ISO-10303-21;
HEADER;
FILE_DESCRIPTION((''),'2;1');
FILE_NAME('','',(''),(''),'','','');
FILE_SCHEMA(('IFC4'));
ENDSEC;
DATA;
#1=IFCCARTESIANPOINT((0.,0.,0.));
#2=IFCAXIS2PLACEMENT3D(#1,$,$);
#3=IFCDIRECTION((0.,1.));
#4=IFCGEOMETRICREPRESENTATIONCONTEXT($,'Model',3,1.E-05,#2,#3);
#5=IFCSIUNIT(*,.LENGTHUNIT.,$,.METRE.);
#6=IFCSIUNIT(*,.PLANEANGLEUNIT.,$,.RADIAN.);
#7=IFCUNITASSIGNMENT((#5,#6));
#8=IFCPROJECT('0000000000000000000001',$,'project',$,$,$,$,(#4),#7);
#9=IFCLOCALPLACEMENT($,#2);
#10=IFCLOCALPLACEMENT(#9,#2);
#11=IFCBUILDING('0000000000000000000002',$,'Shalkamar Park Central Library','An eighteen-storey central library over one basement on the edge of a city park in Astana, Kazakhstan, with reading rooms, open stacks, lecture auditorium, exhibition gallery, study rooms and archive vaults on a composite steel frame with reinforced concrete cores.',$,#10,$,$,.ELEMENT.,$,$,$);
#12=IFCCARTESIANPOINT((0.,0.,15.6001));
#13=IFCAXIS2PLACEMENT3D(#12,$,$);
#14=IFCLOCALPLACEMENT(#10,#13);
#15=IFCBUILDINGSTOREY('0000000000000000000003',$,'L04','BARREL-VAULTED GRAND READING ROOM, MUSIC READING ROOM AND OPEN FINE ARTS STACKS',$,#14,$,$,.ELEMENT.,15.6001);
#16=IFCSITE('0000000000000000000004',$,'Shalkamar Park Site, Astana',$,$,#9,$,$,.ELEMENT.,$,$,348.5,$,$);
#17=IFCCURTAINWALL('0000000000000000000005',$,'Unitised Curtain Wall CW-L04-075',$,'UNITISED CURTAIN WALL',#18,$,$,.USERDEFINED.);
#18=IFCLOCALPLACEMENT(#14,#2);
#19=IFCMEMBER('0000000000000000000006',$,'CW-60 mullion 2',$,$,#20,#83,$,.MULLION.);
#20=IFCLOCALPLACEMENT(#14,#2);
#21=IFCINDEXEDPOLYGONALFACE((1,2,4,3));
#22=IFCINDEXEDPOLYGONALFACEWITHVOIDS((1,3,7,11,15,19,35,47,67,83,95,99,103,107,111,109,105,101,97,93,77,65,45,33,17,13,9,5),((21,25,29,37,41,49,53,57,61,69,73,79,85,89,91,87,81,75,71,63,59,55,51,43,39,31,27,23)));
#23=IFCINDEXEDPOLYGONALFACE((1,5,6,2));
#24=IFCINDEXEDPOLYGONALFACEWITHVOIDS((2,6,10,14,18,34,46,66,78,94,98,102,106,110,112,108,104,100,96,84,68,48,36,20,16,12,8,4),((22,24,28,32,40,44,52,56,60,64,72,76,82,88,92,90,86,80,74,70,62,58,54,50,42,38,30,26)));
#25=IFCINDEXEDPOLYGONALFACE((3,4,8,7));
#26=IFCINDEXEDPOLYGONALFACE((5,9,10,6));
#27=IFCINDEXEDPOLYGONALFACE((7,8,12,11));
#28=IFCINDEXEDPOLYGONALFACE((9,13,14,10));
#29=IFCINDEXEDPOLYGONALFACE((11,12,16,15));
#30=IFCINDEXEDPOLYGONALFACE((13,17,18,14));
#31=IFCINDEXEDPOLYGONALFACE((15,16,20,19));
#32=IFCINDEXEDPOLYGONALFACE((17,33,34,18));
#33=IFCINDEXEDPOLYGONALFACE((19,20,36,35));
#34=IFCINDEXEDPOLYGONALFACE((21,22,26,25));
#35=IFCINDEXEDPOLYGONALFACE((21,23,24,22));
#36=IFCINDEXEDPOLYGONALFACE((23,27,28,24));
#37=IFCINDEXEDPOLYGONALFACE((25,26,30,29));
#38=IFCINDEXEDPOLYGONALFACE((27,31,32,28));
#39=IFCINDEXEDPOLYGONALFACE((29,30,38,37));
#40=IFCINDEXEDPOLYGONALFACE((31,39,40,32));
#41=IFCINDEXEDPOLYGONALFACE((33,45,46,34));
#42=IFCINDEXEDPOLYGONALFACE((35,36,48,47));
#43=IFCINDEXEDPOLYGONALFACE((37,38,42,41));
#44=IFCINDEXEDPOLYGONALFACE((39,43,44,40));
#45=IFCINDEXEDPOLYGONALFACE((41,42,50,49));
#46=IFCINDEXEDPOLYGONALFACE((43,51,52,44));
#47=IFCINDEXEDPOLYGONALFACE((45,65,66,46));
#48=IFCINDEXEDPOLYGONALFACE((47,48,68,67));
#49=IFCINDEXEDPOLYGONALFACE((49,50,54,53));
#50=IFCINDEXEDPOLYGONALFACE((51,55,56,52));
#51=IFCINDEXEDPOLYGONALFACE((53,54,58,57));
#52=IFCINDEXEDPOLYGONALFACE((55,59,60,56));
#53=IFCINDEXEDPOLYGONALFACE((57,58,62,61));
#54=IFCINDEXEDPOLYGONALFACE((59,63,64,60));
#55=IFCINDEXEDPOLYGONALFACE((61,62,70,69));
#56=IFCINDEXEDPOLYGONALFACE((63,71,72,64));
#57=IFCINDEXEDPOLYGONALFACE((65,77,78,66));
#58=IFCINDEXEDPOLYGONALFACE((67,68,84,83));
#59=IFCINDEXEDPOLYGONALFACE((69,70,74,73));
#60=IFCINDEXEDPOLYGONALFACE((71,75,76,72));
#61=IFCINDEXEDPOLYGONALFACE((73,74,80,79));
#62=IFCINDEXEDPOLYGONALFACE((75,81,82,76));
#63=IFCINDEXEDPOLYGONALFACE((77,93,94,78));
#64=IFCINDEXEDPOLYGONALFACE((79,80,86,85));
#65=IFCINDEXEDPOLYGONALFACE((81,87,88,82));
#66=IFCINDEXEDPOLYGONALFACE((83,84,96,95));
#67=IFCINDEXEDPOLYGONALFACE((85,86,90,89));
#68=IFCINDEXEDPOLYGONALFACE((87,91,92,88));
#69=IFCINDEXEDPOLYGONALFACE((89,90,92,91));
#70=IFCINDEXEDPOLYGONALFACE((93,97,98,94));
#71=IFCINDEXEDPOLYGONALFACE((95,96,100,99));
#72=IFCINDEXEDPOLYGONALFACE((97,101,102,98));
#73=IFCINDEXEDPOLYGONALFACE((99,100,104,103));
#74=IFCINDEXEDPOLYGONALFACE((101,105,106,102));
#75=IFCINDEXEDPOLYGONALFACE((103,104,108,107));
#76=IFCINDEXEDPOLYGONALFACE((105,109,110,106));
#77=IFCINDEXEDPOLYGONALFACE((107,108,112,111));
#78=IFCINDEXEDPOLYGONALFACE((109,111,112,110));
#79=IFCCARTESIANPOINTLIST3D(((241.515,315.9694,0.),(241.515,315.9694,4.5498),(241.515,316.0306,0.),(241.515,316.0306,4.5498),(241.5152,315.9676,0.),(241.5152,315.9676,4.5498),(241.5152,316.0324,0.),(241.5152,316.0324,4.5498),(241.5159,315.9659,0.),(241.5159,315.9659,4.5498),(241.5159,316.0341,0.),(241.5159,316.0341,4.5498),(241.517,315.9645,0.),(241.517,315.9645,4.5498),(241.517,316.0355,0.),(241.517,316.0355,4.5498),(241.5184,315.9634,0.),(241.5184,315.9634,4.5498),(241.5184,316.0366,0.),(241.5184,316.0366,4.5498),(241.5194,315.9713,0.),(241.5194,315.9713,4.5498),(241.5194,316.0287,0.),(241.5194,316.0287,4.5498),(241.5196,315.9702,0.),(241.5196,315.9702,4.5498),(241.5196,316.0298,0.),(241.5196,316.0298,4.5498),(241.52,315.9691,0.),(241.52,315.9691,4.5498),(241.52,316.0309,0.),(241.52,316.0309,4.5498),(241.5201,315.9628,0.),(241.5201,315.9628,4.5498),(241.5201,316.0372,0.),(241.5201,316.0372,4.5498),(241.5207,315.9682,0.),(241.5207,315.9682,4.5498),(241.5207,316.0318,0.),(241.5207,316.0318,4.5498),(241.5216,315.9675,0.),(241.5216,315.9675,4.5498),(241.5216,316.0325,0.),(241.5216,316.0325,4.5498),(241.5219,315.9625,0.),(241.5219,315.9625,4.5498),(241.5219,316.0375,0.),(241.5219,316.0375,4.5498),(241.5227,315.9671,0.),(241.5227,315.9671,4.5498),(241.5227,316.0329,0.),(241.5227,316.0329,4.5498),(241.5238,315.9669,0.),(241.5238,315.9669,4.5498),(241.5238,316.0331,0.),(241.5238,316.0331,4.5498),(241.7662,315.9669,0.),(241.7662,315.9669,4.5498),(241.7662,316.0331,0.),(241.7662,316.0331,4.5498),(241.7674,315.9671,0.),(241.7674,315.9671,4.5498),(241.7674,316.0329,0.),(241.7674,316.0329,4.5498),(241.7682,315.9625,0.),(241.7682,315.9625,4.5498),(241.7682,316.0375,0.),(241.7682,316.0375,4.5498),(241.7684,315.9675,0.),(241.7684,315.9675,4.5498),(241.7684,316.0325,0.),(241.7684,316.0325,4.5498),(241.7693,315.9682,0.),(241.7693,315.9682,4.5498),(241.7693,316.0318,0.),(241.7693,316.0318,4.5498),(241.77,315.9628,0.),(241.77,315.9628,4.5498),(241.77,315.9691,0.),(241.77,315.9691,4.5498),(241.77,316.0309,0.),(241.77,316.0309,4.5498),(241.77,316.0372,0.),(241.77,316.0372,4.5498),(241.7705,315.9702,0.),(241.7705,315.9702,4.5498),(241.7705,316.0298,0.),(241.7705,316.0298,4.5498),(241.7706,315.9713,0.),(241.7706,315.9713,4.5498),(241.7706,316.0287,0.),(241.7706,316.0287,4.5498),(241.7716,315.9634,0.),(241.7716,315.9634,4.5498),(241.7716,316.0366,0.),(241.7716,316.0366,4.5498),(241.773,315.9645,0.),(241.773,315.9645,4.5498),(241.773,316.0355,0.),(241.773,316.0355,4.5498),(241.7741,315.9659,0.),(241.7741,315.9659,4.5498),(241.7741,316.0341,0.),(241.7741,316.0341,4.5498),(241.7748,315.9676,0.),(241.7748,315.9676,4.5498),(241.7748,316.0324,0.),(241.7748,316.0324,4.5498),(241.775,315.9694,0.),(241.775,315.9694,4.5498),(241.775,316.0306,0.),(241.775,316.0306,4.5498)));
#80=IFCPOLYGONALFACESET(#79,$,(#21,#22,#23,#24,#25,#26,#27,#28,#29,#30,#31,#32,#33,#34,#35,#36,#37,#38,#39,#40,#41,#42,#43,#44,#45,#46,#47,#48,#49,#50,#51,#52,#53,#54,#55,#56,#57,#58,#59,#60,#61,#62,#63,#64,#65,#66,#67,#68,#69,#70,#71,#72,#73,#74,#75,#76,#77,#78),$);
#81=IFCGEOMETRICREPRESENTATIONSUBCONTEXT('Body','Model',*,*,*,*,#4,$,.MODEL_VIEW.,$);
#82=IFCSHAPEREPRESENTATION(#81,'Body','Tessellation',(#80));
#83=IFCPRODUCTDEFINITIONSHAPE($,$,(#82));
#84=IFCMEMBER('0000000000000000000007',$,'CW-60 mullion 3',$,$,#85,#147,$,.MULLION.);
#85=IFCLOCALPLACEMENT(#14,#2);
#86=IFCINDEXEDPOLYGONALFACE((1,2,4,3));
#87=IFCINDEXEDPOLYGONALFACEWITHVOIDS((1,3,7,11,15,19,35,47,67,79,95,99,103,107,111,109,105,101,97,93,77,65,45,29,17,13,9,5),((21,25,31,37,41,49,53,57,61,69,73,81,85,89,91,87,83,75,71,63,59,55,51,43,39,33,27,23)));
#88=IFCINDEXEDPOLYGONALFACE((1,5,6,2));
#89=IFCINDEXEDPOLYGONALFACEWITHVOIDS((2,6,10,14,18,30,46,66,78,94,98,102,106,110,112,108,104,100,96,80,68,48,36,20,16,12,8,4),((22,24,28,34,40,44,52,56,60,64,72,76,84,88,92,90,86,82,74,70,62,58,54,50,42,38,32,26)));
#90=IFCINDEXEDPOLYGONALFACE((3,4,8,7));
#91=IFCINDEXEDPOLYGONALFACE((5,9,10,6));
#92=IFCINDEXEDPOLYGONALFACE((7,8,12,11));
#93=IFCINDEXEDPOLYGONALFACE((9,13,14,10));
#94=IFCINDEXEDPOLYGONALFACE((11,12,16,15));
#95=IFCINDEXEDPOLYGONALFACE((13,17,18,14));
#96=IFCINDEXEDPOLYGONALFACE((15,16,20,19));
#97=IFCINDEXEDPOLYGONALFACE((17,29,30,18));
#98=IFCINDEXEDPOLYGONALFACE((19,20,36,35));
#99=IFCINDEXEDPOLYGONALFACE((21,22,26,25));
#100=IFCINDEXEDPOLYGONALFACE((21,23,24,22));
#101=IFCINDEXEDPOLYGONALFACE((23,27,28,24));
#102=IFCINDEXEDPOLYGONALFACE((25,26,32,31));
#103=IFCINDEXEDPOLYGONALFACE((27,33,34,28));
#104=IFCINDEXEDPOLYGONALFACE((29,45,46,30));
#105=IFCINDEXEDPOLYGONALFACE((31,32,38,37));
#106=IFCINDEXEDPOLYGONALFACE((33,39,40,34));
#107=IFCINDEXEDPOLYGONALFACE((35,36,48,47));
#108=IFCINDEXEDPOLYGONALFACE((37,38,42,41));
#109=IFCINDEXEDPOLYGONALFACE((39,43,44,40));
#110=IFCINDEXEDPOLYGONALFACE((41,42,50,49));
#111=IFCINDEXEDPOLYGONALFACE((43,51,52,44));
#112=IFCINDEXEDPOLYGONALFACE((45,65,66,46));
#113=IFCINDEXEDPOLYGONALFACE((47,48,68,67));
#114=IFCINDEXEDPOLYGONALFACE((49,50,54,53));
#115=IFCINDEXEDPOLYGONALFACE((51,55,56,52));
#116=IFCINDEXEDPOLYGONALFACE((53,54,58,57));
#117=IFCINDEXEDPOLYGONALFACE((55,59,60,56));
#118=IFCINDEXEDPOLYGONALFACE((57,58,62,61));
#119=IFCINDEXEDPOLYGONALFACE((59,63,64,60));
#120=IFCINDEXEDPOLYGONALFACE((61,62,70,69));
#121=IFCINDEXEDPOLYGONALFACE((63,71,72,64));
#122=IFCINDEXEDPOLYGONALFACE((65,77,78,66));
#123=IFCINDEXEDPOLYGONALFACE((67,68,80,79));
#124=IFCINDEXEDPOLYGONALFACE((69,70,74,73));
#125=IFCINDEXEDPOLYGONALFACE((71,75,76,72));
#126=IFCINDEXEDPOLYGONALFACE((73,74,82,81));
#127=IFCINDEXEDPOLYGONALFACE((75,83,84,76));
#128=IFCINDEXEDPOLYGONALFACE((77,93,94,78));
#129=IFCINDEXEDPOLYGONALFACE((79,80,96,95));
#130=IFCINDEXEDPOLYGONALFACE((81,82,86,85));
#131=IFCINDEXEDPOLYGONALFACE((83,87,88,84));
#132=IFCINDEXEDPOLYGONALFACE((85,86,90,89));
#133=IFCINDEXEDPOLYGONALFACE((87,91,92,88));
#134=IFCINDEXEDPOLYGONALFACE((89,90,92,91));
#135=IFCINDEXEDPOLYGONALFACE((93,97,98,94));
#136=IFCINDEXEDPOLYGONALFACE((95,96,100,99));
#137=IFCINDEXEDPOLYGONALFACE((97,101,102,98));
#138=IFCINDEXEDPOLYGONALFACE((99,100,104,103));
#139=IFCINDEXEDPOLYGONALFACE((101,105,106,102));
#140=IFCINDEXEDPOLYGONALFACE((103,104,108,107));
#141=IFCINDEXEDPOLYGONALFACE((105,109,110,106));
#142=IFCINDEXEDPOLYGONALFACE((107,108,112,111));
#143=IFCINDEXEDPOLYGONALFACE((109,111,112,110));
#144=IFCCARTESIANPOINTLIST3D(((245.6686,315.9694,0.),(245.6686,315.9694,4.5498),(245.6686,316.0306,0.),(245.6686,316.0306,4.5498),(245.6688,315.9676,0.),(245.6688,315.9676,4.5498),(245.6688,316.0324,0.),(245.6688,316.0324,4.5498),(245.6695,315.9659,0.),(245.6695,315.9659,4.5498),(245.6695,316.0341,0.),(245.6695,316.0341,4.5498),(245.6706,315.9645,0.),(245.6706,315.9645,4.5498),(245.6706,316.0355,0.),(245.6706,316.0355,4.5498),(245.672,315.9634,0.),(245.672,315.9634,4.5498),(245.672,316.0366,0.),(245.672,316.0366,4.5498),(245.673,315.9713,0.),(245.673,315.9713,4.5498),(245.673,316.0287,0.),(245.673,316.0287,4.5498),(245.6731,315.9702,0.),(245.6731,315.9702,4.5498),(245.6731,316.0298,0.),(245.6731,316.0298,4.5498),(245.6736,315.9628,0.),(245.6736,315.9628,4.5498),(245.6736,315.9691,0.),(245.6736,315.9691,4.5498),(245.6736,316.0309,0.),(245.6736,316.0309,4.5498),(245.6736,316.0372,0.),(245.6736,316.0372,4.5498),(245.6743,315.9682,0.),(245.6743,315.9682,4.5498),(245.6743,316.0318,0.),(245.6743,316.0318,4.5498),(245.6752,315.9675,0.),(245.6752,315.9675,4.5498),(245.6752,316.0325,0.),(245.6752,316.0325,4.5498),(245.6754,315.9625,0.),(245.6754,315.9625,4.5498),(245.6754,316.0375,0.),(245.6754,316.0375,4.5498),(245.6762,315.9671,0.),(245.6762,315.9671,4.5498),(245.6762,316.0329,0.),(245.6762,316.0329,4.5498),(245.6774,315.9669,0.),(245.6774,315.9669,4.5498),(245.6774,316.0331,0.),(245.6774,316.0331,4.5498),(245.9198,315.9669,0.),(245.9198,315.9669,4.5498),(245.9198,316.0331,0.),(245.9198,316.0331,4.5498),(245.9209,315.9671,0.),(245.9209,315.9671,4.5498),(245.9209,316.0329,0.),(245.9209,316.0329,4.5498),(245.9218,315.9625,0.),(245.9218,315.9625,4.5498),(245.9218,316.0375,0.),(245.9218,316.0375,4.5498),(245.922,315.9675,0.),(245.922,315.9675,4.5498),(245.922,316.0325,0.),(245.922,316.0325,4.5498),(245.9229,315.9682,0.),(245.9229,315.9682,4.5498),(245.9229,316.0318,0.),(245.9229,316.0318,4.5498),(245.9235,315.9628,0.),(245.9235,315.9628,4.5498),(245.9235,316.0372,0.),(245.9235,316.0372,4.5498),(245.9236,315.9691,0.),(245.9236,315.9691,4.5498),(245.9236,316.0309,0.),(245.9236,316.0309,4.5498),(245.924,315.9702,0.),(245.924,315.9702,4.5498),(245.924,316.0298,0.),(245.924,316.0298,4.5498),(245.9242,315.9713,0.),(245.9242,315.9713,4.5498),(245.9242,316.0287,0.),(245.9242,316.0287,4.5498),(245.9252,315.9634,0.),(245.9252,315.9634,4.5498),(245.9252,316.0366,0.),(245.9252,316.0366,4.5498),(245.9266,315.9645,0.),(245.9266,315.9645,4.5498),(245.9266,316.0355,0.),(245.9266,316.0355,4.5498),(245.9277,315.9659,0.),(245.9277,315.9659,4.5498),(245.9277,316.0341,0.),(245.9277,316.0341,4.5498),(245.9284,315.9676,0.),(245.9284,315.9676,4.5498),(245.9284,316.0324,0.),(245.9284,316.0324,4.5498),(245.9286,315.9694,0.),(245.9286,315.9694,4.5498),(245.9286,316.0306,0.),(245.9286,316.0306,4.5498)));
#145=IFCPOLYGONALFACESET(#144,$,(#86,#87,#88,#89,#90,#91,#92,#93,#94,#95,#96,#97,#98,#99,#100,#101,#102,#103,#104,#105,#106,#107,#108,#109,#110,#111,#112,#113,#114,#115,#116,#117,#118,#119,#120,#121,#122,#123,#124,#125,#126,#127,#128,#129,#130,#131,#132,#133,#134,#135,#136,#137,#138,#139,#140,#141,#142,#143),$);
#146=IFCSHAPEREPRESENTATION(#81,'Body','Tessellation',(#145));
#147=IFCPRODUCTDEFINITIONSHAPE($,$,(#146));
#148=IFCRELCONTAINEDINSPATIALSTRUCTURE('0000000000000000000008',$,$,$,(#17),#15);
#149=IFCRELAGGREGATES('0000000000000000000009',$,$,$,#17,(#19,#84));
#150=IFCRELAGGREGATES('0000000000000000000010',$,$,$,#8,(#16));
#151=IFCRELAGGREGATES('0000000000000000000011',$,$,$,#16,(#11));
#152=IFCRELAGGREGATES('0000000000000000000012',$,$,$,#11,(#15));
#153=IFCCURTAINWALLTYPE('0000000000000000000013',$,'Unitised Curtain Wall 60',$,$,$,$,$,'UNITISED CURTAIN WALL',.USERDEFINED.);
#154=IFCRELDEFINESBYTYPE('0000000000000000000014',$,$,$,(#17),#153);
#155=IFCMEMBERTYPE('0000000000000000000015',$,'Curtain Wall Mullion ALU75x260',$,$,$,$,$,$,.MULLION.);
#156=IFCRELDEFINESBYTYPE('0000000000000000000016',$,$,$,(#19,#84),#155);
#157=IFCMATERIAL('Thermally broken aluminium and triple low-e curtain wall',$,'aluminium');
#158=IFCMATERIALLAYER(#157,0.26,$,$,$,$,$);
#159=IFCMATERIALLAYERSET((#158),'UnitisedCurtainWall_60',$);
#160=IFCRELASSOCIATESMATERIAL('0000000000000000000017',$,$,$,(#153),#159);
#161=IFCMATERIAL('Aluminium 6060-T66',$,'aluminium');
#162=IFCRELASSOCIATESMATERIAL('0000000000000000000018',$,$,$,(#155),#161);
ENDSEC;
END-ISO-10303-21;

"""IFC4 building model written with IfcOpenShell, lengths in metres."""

from ifc_helpers import new_model, si_unit, direction, frame, origin, origin_2d, place, context, subcontext, project, spatial, hollow_rectangle, extrude, material, layer, layer_set, material_profile, profile_set, type_object, element, aggregate, save


model = new_model("IFC4")

# Units and contexts
model_context = context("Model", 3, precision=1e-05, world=origin(), true_north=direction((0.0, 1.0)))
body_context = subcontext(model_context, "Body", "Model", "MODEL_VIEW")
ifc_project = project(units=[si_unit("LENGTHUNIT", "METRE"), si_unit("PLANEANGLEUNIT", "RADIAN")], contexts=[model_context])

# Site, building, storey
site_placement = place(None, origin())
site = spatial("IfcSite", under=ifc_project, at=site_placement, Name="Shalkamar Park Site, Astana", CompositionType="ELEMENT", RefElevation=348.5)
building_placement = place(site_placement, origin())
building = spatial("IfcBuilding", under=site, at=building_placement, Name="Shalkamar Park Central Library", Description="An eighteen-storey central library over one basement on the edge of a city park in Astana, Kazakhstan, with reading rooms, open stacks, lecture auditorium, exhibition gallery, study rooms and archive vaults on a composite steel frame with reinforced concrete cores.", CompositionType="ELEMENT")
storey_placement = place(building_placement, frame((0.0, 0.0, 15.6001)))
storey = spatial("IfcBuildingStorey", under=building, at=storey_placement, Name="L04", Description="BARREL-VAULTED GRAND READING ROOM, MUSIC READING ROOM AND OPEN FINE ARTS STACKS", CompositionType="ELEMENT", Elevation=15.6001)

# Curtain wall, members
ifc_material_1 = material(Name="Thermally broken aluminium and triple low-e curtain wall", Category="aluminium")
ifc_layer_1 = layer(ifc_material_1, 0.26)
ifc_layer_set_1 = layer_set([ifc_layer_1], Name="UnitisedCurtainWall_60")
curtain_wall_type_1 = type_object("IfcCurtainWallType", Name="Unitised Curtain Wall 60", ElementType="UNITISED CURTAIN WALL", PredefinedType="USERDEFINED", material=ifc_layer_set_1)
curtain_wall_1_placement = place(storey_placement, origin())
curtain_wall_1 = element("IfcCurtainWall", 1, at=curtain_wall_1_placement, inside=storey, type_object=curtain_wall_type_1, Name="Unitised Curtain Wall CW-L04-075", ObjectType="UNITISED CURTAIN WALL", PredefinedType="USERDEFINED")
ifc_material_2 = material(Name="Aluminium 6060-T66", Category="aluminium")
ifc_material_profile_1 = material_profile(ifc_material_2, hollow_rectangle(XDim=0.075, YDim=0.26, WallThickness=0.0044, InnerFilletRadius=0.0044, OuterFilletRadius=0.0068, at=origin_2d()), Name="ALU 75x260x4.5")
ifc_profile_set_1 = profile_set([ifc_material_profile_1], Name="Aluminium 6060-T66")
member_type_1 = type_object("IfcMemberType", Name="Curtain Wall Mullion ALU75x260", PredefinedType="MULLION", material=ifc_profile_set_1)
member_1_placement = place(storey_placement, frame((241.645, 316.0, 0.0), z_axis=(0.0, 0.0, 1.0), x_axis=(0.0, 1.0, 0.0)))
member_1 = element("IfcMember", 2, at=member_1_placement, type_object=member_type_1, Name="CW-60 mullion 2", PredefinedType="MULLION", context=body_context, shape_type="SweptSolid", body=[
    extrude(hollow_rectangle(XDim=0.075, YDim=0.26, WallThickness=0.0044, InnerFilletRadius=0.0044, OuterFilletRadius=0.0068, at=origin_2d()), origin(), (0.0, 0.0, 1.0), 4.5498),
])
member_2_placement = place(storey_placement, frame((245.7986, 316.0, 0.0), z_axis=(0.0, 0.0, 1.0), x_axis=(0.0, 1.0, 0.0)))
member_2 = element("IfcMember", 3, at=member_2_placement, type_object=member_type_1, Name="CW-60 mullion 3", PredefinedType="MULLION", context=body_context, shape_type="SweptSolid", body=[
    extrude(hollow_rectangle(XDim=0.075, YDim=0.26, WallThickness=0.0044, InnerFilletRadius=0.0044, OuterFilletRadius=0.0068, at=origin_2d()), origin(), (0.0, 0.0, 1.0), 4.5498),
])

aggregate(curtain_wall_1, [member_1, member_2])

save(model, "model.ifc")
